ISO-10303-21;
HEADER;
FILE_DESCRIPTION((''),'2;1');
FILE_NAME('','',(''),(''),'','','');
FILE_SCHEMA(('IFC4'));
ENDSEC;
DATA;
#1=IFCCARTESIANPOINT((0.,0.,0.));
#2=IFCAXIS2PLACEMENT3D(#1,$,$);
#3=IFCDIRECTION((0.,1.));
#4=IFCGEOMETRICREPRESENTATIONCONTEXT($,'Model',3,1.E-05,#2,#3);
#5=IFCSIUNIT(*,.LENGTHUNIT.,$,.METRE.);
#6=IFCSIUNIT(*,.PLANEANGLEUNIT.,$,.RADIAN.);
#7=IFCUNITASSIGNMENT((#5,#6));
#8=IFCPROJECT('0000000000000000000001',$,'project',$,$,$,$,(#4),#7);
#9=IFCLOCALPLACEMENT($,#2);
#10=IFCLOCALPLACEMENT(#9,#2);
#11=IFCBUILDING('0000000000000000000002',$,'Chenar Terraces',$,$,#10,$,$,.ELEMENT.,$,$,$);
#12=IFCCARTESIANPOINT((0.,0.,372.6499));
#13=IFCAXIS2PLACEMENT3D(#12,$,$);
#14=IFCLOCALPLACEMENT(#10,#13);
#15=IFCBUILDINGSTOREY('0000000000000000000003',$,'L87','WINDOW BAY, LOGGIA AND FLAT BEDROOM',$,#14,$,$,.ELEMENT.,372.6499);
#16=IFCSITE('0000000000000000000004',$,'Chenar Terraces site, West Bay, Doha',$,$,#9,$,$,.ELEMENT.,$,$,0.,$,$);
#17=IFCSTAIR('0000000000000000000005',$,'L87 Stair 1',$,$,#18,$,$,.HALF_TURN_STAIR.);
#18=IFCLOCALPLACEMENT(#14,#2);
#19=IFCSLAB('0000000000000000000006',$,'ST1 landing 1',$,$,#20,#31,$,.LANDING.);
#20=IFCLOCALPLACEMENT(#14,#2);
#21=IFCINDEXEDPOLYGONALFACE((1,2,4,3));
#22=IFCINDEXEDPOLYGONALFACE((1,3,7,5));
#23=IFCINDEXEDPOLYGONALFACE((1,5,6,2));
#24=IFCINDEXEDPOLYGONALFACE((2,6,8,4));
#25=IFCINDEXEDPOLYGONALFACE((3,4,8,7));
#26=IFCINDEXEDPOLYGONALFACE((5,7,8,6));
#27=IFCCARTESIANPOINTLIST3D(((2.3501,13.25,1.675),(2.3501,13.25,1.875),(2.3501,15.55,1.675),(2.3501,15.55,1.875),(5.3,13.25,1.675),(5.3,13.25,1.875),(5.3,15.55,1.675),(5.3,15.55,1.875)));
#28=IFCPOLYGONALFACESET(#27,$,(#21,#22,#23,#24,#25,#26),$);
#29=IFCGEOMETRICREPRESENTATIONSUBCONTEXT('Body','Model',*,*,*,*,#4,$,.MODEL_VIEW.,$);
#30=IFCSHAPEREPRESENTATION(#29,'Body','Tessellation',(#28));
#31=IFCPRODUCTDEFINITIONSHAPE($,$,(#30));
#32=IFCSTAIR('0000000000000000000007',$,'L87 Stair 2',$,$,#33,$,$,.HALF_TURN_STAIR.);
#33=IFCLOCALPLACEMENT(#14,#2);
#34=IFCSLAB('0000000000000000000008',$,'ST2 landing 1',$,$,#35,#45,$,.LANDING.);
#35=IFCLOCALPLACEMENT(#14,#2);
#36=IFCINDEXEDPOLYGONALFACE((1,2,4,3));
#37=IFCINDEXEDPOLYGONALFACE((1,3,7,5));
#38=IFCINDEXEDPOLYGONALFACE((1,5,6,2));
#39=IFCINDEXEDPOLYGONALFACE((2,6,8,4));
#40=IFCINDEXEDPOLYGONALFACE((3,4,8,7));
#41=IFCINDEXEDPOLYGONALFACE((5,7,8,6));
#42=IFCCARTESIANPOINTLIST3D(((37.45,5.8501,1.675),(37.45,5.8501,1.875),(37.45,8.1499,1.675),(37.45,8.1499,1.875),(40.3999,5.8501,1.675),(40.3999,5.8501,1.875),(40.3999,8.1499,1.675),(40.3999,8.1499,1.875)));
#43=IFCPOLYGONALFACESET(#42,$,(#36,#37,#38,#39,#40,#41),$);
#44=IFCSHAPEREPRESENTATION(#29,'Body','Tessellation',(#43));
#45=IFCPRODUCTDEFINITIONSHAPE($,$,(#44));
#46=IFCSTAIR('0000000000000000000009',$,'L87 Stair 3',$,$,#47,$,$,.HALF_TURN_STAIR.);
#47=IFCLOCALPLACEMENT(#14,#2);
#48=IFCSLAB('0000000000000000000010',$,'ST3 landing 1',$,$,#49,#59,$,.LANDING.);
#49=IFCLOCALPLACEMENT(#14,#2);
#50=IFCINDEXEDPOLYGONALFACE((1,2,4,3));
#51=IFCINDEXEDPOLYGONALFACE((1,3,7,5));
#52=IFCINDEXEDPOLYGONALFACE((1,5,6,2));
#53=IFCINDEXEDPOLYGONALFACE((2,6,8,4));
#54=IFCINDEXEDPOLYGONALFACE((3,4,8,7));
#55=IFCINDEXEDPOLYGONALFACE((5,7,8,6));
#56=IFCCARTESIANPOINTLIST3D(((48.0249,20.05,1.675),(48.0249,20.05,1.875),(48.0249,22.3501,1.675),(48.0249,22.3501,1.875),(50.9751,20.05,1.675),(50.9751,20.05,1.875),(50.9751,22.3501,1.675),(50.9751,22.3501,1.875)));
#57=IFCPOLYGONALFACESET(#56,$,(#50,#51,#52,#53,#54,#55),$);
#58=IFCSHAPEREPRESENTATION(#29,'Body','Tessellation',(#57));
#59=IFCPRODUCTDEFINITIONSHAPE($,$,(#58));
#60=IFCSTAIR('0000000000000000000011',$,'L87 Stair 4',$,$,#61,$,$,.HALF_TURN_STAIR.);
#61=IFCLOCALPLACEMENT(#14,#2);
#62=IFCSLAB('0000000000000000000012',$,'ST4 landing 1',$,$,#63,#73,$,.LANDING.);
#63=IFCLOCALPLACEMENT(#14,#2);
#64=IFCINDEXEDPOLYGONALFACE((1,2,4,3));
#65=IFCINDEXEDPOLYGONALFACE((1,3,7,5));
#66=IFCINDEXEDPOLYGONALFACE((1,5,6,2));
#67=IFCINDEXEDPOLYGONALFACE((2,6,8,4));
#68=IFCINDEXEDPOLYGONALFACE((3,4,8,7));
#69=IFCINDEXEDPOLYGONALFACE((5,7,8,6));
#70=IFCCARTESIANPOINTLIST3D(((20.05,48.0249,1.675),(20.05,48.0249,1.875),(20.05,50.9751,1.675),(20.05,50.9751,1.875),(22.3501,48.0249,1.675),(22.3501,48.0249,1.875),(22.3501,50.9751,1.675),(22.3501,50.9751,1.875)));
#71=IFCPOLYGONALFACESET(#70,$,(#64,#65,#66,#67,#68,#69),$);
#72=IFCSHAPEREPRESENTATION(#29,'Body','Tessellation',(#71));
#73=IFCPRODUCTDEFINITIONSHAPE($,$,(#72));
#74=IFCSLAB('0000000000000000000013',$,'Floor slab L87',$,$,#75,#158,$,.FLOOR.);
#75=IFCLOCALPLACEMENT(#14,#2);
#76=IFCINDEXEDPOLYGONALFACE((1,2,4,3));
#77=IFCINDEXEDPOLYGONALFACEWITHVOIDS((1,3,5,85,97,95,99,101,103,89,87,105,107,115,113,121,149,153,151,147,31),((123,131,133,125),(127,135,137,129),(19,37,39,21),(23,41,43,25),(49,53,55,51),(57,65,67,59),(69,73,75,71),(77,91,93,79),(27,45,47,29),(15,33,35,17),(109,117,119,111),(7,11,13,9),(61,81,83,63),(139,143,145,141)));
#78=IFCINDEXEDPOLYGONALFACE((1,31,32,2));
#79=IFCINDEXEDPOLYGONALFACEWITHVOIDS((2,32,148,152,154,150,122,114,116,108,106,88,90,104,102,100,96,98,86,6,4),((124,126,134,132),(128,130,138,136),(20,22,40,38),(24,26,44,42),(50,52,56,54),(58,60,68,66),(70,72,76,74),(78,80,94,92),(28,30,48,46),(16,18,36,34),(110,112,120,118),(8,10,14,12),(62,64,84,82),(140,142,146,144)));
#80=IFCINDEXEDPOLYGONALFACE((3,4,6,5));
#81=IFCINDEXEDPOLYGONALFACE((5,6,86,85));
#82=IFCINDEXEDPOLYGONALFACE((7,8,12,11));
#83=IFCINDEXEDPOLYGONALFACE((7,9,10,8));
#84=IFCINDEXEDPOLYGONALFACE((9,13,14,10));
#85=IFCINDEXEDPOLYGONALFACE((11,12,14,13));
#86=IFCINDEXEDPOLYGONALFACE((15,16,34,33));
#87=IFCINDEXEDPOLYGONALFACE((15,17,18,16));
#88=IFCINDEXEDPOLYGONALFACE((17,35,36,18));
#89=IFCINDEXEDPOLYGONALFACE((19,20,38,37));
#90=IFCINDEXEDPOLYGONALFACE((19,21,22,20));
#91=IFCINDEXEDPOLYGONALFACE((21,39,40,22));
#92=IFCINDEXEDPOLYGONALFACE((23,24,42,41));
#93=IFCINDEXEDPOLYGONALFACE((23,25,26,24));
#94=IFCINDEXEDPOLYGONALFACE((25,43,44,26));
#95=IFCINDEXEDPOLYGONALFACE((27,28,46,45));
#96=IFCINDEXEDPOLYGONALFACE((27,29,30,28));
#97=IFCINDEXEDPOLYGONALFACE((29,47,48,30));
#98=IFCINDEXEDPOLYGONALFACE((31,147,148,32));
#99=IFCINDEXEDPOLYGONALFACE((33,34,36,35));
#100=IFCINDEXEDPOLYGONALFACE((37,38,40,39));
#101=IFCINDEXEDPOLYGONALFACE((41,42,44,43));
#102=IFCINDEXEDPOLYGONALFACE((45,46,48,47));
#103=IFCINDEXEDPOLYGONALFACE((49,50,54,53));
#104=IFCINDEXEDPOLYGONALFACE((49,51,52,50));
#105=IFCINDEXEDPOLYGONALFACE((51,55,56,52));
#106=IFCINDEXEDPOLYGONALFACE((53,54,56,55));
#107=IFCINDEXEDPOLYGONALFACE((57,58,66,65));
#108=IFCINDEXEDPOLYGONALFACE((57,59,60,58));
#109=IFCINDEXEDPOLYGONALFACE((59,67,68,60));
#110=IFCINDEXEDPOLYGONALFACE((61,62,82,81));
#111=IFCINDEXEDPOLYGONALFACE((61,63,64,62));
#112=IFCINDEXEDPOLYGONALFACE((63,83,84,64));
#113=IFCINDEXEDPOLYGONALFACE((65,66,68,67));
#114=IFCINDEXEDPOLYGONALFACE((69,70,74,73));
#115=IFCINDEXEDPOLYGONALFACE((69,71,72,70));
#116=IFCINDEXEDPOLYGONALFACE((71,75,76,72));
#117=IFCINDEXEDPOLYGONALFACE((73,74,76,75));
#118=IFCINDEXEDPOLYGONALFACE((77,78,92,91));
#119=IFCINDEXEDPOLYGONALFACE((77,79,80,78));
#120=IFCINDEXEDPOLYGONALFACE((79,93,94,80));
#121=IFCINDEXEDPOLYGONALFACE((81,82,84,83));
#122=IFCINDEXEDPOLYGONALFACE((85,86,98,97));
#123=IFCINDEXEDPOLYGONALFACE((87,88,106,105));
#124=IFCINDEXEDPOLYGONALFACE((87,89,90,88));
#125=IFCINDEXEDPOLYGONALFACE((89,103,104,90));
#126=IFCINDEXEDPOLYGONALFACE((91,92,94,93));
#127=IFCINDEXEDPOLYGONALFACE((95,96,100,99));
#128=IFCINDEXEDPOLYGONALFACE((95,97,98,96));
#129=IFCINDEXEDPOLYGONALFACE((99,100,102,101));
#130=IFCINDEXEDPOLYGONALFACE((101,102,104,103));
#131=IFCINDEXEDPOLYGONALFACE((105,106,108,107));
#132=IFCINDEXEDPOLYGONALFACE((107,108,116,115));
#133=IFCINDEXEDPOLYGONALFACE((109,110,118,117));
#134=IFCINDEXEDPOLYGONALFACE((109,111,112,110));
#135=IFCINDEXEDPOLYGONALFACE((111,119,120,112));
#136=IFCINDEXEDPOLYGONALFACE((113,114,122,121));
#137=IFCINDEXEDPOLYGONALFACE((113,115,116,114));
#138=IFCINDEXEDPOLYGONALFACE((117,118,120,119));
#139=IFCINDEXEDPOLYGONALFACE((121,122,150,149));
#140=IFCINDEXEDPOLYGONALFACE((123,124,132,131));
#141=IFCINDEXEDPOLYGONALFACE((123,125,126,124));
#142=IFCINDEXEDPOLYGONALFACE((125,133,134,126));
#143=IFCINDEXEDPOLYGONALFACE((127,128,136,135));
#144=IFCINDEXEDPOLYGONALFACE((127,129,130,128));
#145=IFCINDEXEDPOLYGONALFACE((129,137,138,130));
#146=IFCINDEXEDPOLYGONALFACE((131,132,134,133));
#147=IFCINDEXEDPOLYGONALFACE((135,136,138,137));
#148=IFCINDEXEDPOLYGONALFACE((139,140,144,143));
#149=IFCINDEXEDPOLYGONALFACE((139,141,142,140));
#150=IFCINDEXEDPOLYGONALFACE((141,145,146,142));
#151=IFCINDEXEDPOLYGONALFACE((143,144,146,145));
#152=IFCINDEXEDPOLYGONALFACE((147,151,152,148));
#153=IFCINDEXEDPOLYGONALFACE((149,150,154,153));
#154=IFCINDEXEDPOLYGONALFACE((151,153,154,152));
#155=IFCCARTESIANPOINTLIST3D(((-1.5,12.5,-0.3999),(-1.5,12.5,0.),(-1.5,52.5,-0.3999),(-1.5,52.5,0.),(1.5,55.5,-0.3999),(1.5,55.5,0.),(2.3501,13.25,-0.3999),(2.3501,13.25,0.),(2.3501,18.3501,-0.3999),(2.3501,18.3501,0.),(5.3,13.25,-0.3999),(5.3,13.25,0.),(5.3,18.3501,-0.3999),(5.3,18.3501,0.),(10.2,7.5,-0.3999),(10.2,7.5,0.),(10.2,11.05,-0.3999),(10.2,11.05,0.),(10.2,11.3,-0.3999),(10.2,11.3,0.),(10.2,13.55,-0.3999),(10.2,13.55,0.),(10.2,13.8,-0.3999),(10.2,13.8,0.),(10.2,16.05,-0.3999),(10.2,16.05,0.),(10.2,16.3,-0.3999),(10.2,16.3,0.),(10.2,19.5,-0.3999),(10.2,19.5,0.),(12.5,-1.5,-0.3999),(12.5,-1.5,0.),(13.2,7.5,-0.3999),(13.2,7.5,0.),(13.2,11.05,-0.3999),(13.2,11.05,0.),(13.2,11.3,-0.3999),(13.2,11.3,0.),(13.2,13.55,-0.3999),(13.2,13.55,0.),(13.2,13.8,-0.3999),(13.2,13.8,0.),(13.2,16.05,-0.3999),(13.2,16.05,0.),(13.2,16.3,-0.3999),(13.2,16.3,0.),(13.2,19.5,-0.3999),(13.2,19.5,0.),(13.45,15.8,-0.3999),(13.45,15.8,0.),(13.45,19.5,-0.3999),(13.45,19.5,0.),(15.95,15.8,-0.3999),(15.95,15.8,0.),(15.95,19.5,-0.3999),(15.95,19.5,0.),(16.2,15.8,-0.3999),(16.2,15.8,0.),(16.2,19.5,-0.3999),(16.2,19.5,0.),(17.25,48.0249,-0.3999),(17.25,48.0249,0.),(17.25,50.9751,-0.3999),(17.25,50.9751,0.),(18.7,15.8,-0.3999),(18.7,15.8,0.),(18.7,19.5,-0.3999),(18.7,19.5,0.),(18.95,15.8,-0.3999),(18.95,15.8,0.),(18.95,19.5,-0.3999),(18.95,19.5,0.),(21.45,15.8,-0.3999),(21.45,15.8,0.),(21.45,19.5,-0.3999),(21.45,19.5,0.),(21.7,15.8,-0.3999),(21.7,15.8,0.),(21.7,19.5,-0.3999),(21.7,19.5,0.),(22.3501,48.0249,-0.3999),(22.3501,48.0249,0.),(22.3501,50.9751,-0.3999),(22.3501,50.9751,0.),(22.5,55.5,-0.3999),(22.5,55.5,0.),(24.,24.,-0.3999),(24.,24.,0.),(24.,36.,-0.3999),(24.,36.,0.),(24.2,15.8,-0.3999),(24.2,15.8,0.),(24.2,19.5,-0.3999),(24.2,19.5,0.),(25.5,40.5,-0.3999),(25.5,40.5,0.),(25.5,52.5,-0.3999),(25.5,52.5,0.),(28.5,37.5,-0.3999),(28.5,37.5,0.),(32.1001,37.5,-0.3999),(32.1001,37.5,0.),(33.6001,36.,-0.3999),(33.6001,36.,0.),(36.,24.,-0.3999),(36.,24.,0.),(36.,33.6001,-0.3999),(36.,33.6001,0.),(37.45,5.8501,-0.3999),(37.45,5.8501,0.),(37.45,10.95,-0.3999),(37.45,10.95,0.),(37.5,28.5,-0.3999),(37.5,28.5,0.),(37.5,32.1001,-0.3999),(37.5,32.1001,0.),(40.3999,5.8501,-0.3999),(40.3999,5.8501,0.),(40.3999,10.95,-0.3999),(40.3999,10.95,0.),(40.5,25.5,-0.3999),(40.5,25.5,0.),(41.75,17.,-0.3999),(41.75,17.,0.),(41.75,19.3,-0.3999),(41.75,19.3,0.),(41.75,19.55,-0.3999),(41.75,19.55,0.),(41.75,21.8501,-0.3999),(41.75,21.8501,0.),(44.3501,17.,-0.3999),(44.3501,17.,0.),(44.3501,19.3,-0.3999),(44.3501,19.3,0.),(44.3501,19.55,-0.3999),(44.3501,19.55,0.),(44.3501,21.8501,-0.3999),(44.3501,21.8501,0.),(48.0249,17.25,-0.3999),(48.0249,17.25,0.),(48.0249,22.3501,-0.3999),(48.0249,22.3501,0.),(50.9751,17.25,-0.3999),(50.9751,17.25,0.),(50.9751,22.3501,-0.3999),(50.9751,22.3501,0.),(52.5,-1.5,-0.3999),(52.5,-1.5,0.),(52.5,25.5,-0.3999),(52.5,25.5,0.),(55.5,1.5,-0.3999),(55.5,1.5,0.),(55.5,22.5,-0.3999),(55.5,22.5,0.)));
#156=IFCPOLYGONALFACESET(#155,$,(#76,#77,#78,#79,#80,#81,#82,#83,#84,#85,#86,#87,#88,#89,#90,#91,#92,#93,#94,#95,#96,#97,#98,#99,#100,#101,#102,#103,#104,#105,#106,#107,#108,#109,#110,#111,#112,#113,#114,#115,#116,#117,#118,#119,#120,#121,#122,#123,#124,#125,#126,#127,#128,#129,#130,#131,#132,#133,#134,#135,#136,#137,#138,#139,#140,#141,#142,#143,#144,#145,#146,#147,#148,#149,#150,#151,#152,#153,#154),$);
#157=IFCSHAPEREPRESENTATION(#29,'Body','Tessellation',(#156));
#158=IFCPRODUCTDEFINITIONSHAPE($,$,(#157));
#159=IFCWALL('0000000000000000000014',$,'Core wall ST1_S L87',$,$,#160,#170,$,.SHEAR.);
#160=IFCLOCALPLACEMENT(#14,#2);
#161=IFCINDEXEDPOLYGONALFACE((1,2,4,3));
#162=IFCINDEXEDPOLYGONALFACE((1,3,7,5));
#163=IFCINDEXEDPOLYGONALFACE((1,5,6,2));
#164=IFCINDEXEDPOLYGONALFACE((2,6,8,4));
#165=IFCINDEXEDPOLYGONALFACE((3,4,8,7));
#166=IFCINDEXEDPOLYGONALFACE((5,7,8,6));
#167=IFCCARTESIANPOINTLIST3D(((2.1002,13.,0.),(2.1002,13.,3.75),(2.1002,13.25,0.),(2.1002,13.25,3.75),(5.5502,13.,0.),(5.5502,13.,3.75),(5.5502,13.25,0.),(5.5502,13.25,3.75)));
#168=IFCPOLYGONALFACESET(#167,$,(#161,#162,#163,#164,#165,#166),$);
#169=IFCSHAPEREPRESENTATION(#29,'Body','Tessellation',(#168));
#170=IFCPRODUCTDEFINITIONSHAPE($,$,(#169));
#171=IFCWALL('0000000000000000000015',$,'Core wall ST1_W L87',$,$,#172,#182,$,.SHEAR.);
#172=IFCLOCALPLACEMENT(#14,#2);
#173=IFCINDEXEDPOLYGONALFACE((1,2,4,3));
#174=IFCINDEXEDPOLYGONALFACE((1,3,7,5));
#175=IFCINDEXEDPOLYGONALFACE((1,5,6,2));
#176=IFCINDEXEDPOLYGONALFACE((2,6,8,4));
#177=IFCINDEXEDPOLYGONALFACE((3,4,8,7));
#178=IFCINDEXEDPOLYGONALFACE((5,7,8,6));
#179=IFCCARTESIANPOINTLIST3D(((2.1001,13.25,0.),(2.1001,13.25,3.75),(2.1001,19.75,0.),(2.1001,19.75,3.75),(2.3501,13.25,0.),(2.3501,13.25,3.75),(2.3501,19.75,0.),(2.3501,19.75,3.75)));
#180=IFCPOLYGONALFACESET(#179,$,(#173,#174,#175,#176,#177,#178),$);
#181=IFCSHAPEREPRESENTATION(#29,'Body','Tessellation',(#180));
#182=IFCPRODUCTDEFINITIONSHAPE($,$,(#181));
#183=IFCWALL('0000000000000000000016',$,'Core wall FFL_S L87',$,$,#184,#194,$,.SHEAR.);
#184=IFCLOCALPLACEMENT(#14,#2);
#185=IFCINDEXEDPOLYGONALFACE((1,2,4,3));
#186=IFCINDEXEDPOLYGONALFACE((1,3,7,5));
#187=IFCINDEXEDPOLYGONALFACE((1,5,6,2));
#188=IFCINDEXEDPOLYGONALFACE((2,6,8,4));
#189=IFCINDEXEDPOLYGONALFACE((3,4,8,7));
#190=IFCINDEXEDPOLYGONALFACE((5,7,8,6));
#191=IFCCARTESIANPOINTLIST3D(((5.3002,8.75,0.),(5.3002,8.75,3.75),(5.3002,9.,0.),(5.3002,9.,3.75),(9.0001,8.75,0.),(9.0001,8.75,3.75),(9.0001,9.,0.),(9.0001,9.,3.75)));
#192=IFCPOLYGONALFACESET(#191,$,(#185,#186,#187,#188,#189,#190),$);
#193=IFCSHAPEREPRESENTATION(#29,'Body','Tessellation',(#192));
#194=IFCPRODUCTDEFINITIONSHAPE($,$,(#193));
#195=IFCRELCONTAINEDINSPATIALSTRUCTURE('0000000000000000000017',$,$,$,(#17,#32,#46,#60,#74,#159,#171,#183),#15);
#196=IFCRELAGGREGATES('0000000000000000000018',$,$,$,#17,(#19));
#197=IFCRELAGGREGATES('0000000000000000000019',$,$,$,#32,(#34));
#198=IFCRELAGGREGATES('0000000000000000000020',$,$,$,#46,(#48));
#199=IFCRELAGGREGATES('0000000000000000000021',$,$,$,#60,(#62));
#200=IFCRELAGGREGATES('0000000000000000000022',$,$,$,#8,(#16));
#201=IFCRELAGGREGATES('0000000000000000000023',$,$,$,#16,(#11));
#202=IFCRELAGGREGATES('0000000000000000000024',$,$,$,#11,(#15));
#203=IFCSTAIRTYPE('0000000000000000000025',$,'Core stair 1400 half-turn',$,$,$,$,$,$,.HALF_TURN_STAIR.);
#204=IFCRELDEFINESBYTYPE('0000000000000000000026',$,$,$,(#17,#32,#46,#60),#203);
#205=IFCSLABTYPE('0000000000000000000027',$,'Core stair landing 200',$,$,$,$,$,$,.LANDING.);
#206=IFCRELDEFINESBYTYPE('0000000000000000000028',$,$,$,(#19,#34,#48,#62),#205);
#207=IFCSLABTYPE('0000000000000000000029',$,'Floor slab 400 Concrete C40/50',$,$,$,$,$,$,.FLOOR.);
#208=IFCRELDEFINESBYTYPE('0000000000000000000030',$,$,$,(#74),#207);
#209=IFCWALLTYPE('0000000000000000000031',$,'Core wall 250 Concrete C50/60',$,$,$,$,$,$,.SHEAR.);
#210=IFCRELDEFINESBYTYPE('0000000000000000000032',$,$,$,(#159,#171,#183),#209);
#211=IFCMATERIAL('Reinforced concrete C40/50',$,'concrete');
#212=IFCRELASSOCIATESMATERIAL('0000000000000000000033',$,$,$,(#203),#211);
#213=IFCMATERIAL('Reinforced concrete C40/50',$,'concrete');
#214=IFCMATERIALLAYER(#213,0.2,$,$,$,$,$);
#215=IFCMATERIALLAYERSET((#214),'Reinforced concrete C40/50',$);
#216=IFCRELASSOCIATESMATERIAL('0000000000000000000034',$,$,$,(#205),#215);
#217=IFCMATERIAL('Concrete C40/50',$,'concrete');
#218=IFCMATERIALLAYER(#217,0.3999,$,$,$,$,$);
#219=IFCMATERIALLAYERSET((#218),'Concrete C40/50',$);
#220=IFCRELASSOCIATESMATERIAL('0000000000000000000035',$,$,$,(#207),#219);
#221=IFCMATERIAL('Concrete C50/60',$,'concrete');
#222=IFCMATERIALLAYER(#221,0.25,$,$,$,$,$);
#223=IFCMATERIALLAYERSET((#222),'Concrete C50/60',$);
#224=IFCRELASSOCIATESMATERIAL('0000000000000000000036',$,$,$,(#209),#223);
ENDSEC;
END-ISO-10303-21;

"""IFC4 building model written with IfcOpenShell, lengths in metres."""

from ifc_helpers import new_model, si_unit, direction, frame, frame_2d, origin, place, context, subcontext, project, spatial, polyline, rectangle, outline, extrude, material, layer, layer_set, type_object, element, aggregate, save


model = new_model("IFC4")

# Units and contexts
model_context = context("Model", 3, precision=1e-05, world=origin(), true_north=direction((0.0, 1.0)))
body_context = subcontext(model_context, "Body", "Model", "MODEL_VIEW")
ifc_project = project(units=[si_unit("LENGTHUNIT", "METRE"), si_unit("PLANEANGLEUNIT", "RADIAN")], contexts=[model_context])

# Site, building, storey
site_placement = place(None, origin())
site = spatial("IfcSite", under=ifc_project, at=site_placement, Name="Chenar Terraces site, West Bay, Doha", CompositionType="ELEMENT", RefElevation=0.0)
building_placement = place(site_placement, origin())
building = spatial("IfcBuilding", under=site, at=building_placement, Name="Chenar Terraces", CompositionType="ELEMENT")
storey_placement = place(building_placement, frame((0.0, 0.0, 372.6499)))
storey = spatial("IfcBuildingStorey", under=building, at=storey_placement, Name="L87", Description="WINDOW BAY, LOGGIA AND FLAT BEDROOM", CompositionType="ELEMENT", Elevation=372.6499)

# Stairs, slabs
ifc_material_1 = material(Name="Reinforced concrete C40/50", Category="concrete")
stair_type = type_object("IfcStairType", Name="Core stair 1400 half-turn", PredefinedType="HALF_TURN_STAIR", material=ifc_material_1)
placement_1 = place(storey_placement, origin())
stair_1 = element("IfcStair", 1, at=placement_1, inside=storey, type_object=stair_type, Name="L87 Stair 1", PredefinedType="HALF_TURN_STAIR")
ifc_material_2 = material(Name="Reinforced concrete C40/50", Category="concrete")
ifc_layer_1 = layer(ifc_material_2, 0.2)
ifc_layer_set_1 = layer_set([ifc_layer_1], Name="Reinforced concrete C40/50")
slab_type_1 = type_object("IfcSlabType", Name="Core stair landing 200", PredefinedType="LANDING", material=ifc_layer_set_1)
placement_2 = place(storey_placement, frame((0.0, 0.0, 1.675)))
slab_1 = element("IfcSlab", 2, at=placement_2, type_object=slab_type_1, Name="ST1 landing 1", PredefinedType="LANDING", context=body_context, shape_type="SweptSolid", body=[
    extrude(outline(polyline([(2.3501, 15.55), (2.3501, 13.25), (5.3, 13.25), (5.3, 15.55), (2.3501, 15.55)])), origin(), (0.0, 0.0, 1.0), 0.2),
])
aggregate(stair_1, [slab_1])
stair_2 = element("IfcStair", 3, at=placement_1, inside=storey, type_object=stair_type, Name="L87 Stair 2", PredefinedType="HALF_TURN_STAIR")
slab_2 = element("IfcSlab", 4, at=placement_2, type_object=slab_type_1, Name="ST2 landing 1", PredefinedType="LANDING", context=body_context, shape_type="SweptSolid", body=[
    extrude(outline(polyline([(37.45, 8.1499), (37.45, 5.8501), (40.3999, 5.8501), (40.3999, 8.1499), (37.45, 8.1499)])), origin(), (0.0, 0.0, 1.0), 0.2),
])
aggregate(stair_2, [slab_2])
stair_3 = element("IfcStair", 5, at=placement_1, inside=storey, type_object=stair_type, Name="L87 Stair 3", PredefinedType="HALF_TURN_STAIR")
slab_3 = element("IfcSlab", 6, at=placement_2, type_object=slab_type_1, Name="ST3 landing 1", PredefinedType="LANDING", context=body_context, shape_type="SweptSolid", body=[
    extrude(outline(polyline([(50.9751, 20.05), (50.9751, 22.3501), (48.0249, 22.3501), (48.0249, 20.05), (50.9751, 20.05)])), origin(), (0.0, 0.0, 1.0), 0.2),
])
aggregate(stair_3, [slab_3])
stair_4 = element("IfcStair", 7, at=placement_1, inside=storey, type_object=stair_type, Name="L87 Stair 4", PredefinedType="HALF_TURN_STAIR")
slab_4 = element("IfcSlab", 8, at=placement_2, type_object=slab_type_1, Name="ST4 landing 1", PredefinedType="LANDING", context=body_context, shape_type="SweptSolid", body=[
    extrude(outline(polyline([(20.05, 48.0249), (22.3501, 48.0249), (22.3501, 50.9751), (20.05, 50.9751), (20.05, 48.0249)])), origin(), (0.0, 0.0, 1.0), 0.2),
])
aggregate(stair_4, [slab_4])

# Slab
ifc_material_3 = material(Name="Concrete C40/50", Category="concrete")
ifc_layer_2 = layer(ifc_material_3, 0.3999)
ifc_layer_set_2 = layer_set([ifc_layer_2], Name="Concrete C40/50")
slab_type_2 = type_object("IfcSlabType", Name="Floor slab 400 Concrete C40/50", PredefinedType="FLOOR", material=ifc_layer_set_2)
slab_5_placement = place(storey_placement, frame((0.0, 0.0, -0.3999)))
element("IfcSlab", 9, at=slab_5_placement, inside=storey, type_object=slab_type_2, Name="Floor slab L87", PredefinedType="FLOOR", context=body_context, shape_type="SweptSolid", body=[
    extrude(outline(polyline([(55.5, 22.5), (55.5, 1.5), (52.5, -1.5), (12.5, -1.5), (-1.5, 12.5), (-1.5, 52.5), (1.5, 55.5), (22.5, 55.5), (25.5, 52.5), (25.5, 40.5), (28.5, 37.5), (32.1001, 37.5), (33.6001, 36.0), (24.0, 36.0), (24.0, 24.0), (36.0, 24.0), (36.0, 33.6001), (37.5, 32.1001), (37.5, 28.5), (40.5, 25.5), (52.5, 25.5), (55.5, 22.5)]), holes=[polyline([(10.2, 11.05), (10.2, 7.5), (13.2, 7.5), (13.2, 11.05), (10.2, 11.05)]), polyline([(13.2, 13.55), (10.2, 13.55), (10.2, 11.3), (13.2, 11.3), (13.2, 13.55)]), polyline([(13.2, 16.05), (10.2, 16.05), (10.2, 13.8), (13.2, 13.8), (13.2, 16.05)]), polyline([(2.3501, 13.25), (5.3, 13.25), (5.3, 18.3501), (2.3501, 18.3501), (2.3501, 13.25)]), polyline([(15.95, 19.5), (13.45, 19.5), (13.45, 15.8), (15.95, 15.8), (15.95, 19.5)]), polyline([(18.7, 19.5), (16.2, 19.5), (16.2, 15.8), (18.7, 15.8), (18.7, 19.5)]), polyline([(13.2, 19.5), (10.2, 19.5), (10.2, 16.3), (13.2, 16.3), (13.2, 19.5)]), polyline([(22.3501, 48.0249), (22.3501, 50.9751), (17.25, 50.9751), (17.25, 48.0249), (22.3501, 48.0249)]), polyline([(37.45, 5.8501), (40.3999, 5.8501), (40.3999, 10.95), (37.45, 10.95), (37.45, 5.8501)]), polyline([(21.45, 19.5), (18.95, 19.5), (18.95, 15.8), (21.45, 15.8), (21.45, 19.5)]), polyline([(24.2, 19.5), (21.7, 19.5), (21.7, 15.8), (24.2, 15.8), (24.2, 19.5)]), polyline([(44.3501, 19.3), (41.75, 19.3), (41.75, 17.0), (44.3501, 17.0), (44.3501, 19.3)]), polyline([(50.9751, 22.3501), (48.0249, 22.3501), (48.0249, 17.25), (50.9751, 17.25), (50.9751, 22.3501)]), polyline([(44.3501, 21.8501), (41.75, 21.8501), (41.75, 19.55), (44.3501, 19.55), (44.3501, 21.8501)])]), origin(), (0.0, 0.0, 1.0), 0.3999),
])

# Walls
ifc_material_4 = material(Name="Concrete C50/60", Category="concrete")
ifc_layer_3 = layer(ifc_material_4, 0.25)
ifc_layer_set_3 = layer_set([ifc_layer_3], Name="Concrete C50/60")
wall_type_1 = type_object("IfcWallType", Name="Core wall 250 Concrete C50/60", PredefinedType="SHEAR", material=ifc_layer_set_3)
wall_1_placement = place(storey_placement, frame((2.1001, 13.125, 0.0), z_axis=(0.0, 0.0, 1.0), x_axis=(1.0, 0.0, 0.0)))
element("IfcWall", 10, at=wall_1_placement, inside=storey, type_object=wall_type_1, Name="Core wall ST1_S L87", PredefinedType="SHEAR", context=body_context, shape_type="SweptSolid", body=[
    extrude(rectangle(XDim=3.45, YDim=0.25, at=frame_2d((1.7251, 0.0))), origin(), (0.0, 0.0, 1.0), 3.75),
])
wall_2_placement = place(storey_placement, frame((2.2251, 13.25, 0.0), z_axis=(0.0, 0.0, 1.0), x_axis=(0.0, 1.0, 0.0)))
element("IfcWall", 11, at=wall_2_placement, inside=storey, type_object=wall_type_1, Name="Core wall ST1_W L87", PredefinedType="SHEAR", context=body_context, shape_type="SweptSolid", body=[
    extrude(rectangle(XDim=6.5, YDim=0.25, at=frame_2d((3.25, 0.0))), origin(), (0.0, 0.0, 1.0), 3.75),
])
wall_3_placement = place(storey_placement, frame((5.3, 8.875, 0.0), z_axis=(0.0, 0.0, 1.0), x_axis=(1.0, 0.0, 0.0)))
element("IfcWall", 12, at=wall_3_placement, inside=storey, type_object=wall_type_1, Name="Core wall FFL_S L87", PredefinedType="SHEAR", context=body_context, shape_type="SweptSolid", body=[
    extrude(rectangle(XDim=3.7, YDim=0.25, at=frame_2d((1.8501, 0.0))), origin(), (0.0, 0.0, 1.0), 3.75),
])

save(model, "model.ifc")
